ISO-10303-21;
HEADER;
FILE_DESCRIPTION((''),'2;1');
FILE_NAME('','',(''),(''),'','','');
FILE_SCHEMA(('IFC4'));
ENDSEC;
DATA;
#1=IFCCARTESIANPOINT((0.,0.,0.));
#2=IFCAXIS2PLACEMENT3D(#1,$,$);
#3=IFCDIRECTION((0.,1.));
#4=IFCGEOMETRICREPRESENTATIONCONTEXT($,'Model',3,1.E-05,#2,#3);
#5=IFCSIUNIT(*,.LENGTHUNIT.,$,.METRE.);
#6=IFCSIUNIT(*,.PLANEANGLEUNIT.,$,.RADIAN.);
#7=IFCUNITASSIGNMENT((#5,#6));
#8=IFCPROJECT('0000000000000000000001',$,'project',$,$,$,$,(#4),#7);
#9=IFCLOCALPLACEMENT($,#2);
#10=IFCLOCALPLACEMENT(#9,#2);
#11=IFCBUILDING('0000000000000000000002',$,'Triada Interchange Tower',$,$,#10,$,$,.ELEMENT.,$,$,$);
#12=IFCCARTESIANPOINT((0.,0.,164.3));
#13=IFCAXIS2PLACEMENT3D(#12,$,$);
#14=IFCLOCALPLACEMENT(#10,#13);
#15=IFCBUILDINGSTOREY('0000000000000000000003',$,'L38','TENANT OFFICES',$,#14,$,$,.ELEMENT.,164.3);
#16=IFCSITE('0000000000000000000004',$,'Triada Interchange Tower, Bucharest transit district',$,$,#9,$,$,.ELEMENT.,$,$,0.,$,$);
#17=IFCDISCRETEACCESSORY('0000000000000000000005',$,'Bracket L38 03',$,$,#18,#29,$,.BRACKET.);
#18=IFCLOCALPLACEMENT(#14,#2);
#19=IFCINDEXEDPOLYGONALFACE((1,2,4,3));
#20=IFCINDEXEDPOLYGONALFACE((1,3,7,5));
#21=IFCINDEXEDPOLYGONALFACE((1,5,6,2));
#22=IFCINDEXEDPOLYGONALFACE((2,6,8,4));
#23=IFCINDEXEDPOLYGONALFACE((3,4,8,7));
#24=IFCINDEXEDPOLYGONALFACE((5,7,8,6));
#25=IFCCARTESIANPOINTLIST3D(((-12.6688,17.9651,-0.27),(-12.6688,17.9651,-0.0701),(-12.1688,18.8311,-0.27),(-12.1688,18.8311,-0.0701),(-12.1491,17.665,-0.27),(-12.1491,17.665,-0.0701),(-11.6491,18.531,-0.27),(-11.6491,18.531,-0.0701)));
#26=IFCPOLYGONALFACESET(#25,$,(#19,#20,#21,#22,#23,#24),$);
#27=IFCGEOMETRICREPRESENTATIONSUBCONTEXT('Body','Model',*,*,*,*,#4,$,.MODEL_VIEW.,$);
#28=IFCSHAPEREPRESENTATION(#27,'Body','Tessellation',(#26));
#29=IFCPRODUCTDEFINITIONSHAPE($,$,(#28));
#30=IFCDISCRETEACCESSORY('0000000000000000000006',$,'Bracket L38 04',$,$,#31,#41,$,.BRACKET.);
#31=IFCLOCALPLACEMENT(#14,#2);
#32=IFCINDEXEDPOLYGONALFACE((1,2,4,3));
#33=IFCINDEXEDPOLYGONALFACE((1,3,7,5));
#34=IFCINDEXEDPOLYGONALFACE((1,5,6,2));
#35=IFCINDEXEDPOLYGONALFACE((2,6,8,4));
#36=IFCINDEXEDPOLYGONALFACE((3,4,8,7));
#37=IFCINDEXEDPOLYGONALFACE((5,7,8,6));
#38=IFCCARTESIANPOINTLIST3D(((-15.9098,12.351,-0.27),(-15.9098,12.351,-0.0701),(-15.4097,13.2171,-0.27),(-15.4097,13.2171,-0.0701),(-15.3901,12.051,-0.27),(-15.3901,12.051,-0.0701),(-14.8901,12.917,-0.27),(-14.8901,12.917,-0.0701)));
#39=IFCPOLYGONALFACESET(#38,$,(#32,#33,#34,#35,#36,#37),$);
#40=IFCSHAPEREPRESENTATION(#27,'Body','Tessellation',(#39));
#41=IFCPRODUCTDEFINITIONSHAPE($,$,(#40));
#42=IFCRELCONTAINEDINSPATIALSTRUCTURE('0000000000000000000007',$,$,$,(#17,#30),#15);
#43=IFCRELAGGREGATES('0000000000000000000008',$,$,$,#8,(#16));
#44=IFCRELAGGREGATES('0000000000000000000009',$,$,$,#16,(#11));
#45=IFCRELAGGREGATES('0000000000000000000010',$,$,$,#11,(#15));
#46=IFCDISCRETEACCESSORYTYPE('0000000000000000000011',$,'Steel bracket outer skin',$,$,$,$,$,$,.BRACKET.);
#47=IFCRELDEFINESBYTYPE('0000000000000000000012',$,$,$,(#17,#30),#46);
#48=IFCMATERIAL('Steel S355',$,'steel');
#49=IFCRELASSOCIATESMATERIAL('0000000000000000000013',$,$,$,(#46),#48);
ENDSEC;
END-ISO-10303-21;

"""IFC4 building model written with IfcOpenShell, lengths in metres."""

from ifc_helpers import new_model, si_unit, direction, frame, origin, origin_2d, place, context, subcontext, project, spatial, rectangle, extrude, material, type_object, element, save


model = new_model("IFC4")

# Units and contexts
model_context = context("Model", 3, precision=1e-05, world=origin(), true_north=direction((0.0, 1.0)))
body_context = subcontext(model_context, "Body", "Model", "MODEL_VIEW")
ifc_project = project(units=[si_unit("LENGTHUNIT", "METRE"), si_unit("PLANEANGLEUNIT", "RADIAN")], contexts=[model_context])

# Site, building, storey
site_placement = place(None, origin())
site = spatial("IfcSite", under=ifc_project, at=site_placement, Name="Triada Interchange Tower, Bucharest transit district", CompositionType="ELEMENT", RefElevation=0.0)
building_placement = place(site_placement, origin())
building = spatial("IfcBuilding", under=site, at=building_placement, Name="Triada Interchange Tower", CompositionType="ELEMENT")
storey_placement = place(building_placement, frame((0.0, 0.0, 164.3)))
storey = spatial("IfcBuildingStorey", under=building, at=storey_placement, Name="L38", Description="TENANT OFFICES", CompositionType="ELEMENT", Elevation=164.3)

# Discrete accessories
ifc_material_1 = material(Name="Steel S355", Category="steel")
discrete_accessory_type = type_object("IfcDiscreteAccessoryType", Name="Steel bracket outer skin", PredefinedType="BRACKET", material=ifc_material_1)
for number, where, z_axis, x_axis, name in (
    (1, (-12.1589, 18.248, -0.27), (0.0, 0.0, 1.0), (-0.866023, 0.500005, 0.0), "Bracket L38 03"),
    (2, (-15.3999, 12.634, -0.27), (0.0, 0.0, 1.0), (-0.866023, 0.500005, 0.0), "Bracket L38 04"),
):
    element("IfcDiscreteAccessory", number, at=place(storey_placement, frame(where, z_axis=z_axis, x_axis=x_axis)), inside=storey, type_object=discrete_accessory_type, Name=name, PredefinedType="BRACKET", context=body_context, shape_type="SweptSolid", body=[
        extrude(rectangle(XDim=0.6001, YDim=1.0, at=origin_2d()), origin(), (0.0, 0.0, 1.0), 0.2),
    ])

save(model, "model.ifc")
